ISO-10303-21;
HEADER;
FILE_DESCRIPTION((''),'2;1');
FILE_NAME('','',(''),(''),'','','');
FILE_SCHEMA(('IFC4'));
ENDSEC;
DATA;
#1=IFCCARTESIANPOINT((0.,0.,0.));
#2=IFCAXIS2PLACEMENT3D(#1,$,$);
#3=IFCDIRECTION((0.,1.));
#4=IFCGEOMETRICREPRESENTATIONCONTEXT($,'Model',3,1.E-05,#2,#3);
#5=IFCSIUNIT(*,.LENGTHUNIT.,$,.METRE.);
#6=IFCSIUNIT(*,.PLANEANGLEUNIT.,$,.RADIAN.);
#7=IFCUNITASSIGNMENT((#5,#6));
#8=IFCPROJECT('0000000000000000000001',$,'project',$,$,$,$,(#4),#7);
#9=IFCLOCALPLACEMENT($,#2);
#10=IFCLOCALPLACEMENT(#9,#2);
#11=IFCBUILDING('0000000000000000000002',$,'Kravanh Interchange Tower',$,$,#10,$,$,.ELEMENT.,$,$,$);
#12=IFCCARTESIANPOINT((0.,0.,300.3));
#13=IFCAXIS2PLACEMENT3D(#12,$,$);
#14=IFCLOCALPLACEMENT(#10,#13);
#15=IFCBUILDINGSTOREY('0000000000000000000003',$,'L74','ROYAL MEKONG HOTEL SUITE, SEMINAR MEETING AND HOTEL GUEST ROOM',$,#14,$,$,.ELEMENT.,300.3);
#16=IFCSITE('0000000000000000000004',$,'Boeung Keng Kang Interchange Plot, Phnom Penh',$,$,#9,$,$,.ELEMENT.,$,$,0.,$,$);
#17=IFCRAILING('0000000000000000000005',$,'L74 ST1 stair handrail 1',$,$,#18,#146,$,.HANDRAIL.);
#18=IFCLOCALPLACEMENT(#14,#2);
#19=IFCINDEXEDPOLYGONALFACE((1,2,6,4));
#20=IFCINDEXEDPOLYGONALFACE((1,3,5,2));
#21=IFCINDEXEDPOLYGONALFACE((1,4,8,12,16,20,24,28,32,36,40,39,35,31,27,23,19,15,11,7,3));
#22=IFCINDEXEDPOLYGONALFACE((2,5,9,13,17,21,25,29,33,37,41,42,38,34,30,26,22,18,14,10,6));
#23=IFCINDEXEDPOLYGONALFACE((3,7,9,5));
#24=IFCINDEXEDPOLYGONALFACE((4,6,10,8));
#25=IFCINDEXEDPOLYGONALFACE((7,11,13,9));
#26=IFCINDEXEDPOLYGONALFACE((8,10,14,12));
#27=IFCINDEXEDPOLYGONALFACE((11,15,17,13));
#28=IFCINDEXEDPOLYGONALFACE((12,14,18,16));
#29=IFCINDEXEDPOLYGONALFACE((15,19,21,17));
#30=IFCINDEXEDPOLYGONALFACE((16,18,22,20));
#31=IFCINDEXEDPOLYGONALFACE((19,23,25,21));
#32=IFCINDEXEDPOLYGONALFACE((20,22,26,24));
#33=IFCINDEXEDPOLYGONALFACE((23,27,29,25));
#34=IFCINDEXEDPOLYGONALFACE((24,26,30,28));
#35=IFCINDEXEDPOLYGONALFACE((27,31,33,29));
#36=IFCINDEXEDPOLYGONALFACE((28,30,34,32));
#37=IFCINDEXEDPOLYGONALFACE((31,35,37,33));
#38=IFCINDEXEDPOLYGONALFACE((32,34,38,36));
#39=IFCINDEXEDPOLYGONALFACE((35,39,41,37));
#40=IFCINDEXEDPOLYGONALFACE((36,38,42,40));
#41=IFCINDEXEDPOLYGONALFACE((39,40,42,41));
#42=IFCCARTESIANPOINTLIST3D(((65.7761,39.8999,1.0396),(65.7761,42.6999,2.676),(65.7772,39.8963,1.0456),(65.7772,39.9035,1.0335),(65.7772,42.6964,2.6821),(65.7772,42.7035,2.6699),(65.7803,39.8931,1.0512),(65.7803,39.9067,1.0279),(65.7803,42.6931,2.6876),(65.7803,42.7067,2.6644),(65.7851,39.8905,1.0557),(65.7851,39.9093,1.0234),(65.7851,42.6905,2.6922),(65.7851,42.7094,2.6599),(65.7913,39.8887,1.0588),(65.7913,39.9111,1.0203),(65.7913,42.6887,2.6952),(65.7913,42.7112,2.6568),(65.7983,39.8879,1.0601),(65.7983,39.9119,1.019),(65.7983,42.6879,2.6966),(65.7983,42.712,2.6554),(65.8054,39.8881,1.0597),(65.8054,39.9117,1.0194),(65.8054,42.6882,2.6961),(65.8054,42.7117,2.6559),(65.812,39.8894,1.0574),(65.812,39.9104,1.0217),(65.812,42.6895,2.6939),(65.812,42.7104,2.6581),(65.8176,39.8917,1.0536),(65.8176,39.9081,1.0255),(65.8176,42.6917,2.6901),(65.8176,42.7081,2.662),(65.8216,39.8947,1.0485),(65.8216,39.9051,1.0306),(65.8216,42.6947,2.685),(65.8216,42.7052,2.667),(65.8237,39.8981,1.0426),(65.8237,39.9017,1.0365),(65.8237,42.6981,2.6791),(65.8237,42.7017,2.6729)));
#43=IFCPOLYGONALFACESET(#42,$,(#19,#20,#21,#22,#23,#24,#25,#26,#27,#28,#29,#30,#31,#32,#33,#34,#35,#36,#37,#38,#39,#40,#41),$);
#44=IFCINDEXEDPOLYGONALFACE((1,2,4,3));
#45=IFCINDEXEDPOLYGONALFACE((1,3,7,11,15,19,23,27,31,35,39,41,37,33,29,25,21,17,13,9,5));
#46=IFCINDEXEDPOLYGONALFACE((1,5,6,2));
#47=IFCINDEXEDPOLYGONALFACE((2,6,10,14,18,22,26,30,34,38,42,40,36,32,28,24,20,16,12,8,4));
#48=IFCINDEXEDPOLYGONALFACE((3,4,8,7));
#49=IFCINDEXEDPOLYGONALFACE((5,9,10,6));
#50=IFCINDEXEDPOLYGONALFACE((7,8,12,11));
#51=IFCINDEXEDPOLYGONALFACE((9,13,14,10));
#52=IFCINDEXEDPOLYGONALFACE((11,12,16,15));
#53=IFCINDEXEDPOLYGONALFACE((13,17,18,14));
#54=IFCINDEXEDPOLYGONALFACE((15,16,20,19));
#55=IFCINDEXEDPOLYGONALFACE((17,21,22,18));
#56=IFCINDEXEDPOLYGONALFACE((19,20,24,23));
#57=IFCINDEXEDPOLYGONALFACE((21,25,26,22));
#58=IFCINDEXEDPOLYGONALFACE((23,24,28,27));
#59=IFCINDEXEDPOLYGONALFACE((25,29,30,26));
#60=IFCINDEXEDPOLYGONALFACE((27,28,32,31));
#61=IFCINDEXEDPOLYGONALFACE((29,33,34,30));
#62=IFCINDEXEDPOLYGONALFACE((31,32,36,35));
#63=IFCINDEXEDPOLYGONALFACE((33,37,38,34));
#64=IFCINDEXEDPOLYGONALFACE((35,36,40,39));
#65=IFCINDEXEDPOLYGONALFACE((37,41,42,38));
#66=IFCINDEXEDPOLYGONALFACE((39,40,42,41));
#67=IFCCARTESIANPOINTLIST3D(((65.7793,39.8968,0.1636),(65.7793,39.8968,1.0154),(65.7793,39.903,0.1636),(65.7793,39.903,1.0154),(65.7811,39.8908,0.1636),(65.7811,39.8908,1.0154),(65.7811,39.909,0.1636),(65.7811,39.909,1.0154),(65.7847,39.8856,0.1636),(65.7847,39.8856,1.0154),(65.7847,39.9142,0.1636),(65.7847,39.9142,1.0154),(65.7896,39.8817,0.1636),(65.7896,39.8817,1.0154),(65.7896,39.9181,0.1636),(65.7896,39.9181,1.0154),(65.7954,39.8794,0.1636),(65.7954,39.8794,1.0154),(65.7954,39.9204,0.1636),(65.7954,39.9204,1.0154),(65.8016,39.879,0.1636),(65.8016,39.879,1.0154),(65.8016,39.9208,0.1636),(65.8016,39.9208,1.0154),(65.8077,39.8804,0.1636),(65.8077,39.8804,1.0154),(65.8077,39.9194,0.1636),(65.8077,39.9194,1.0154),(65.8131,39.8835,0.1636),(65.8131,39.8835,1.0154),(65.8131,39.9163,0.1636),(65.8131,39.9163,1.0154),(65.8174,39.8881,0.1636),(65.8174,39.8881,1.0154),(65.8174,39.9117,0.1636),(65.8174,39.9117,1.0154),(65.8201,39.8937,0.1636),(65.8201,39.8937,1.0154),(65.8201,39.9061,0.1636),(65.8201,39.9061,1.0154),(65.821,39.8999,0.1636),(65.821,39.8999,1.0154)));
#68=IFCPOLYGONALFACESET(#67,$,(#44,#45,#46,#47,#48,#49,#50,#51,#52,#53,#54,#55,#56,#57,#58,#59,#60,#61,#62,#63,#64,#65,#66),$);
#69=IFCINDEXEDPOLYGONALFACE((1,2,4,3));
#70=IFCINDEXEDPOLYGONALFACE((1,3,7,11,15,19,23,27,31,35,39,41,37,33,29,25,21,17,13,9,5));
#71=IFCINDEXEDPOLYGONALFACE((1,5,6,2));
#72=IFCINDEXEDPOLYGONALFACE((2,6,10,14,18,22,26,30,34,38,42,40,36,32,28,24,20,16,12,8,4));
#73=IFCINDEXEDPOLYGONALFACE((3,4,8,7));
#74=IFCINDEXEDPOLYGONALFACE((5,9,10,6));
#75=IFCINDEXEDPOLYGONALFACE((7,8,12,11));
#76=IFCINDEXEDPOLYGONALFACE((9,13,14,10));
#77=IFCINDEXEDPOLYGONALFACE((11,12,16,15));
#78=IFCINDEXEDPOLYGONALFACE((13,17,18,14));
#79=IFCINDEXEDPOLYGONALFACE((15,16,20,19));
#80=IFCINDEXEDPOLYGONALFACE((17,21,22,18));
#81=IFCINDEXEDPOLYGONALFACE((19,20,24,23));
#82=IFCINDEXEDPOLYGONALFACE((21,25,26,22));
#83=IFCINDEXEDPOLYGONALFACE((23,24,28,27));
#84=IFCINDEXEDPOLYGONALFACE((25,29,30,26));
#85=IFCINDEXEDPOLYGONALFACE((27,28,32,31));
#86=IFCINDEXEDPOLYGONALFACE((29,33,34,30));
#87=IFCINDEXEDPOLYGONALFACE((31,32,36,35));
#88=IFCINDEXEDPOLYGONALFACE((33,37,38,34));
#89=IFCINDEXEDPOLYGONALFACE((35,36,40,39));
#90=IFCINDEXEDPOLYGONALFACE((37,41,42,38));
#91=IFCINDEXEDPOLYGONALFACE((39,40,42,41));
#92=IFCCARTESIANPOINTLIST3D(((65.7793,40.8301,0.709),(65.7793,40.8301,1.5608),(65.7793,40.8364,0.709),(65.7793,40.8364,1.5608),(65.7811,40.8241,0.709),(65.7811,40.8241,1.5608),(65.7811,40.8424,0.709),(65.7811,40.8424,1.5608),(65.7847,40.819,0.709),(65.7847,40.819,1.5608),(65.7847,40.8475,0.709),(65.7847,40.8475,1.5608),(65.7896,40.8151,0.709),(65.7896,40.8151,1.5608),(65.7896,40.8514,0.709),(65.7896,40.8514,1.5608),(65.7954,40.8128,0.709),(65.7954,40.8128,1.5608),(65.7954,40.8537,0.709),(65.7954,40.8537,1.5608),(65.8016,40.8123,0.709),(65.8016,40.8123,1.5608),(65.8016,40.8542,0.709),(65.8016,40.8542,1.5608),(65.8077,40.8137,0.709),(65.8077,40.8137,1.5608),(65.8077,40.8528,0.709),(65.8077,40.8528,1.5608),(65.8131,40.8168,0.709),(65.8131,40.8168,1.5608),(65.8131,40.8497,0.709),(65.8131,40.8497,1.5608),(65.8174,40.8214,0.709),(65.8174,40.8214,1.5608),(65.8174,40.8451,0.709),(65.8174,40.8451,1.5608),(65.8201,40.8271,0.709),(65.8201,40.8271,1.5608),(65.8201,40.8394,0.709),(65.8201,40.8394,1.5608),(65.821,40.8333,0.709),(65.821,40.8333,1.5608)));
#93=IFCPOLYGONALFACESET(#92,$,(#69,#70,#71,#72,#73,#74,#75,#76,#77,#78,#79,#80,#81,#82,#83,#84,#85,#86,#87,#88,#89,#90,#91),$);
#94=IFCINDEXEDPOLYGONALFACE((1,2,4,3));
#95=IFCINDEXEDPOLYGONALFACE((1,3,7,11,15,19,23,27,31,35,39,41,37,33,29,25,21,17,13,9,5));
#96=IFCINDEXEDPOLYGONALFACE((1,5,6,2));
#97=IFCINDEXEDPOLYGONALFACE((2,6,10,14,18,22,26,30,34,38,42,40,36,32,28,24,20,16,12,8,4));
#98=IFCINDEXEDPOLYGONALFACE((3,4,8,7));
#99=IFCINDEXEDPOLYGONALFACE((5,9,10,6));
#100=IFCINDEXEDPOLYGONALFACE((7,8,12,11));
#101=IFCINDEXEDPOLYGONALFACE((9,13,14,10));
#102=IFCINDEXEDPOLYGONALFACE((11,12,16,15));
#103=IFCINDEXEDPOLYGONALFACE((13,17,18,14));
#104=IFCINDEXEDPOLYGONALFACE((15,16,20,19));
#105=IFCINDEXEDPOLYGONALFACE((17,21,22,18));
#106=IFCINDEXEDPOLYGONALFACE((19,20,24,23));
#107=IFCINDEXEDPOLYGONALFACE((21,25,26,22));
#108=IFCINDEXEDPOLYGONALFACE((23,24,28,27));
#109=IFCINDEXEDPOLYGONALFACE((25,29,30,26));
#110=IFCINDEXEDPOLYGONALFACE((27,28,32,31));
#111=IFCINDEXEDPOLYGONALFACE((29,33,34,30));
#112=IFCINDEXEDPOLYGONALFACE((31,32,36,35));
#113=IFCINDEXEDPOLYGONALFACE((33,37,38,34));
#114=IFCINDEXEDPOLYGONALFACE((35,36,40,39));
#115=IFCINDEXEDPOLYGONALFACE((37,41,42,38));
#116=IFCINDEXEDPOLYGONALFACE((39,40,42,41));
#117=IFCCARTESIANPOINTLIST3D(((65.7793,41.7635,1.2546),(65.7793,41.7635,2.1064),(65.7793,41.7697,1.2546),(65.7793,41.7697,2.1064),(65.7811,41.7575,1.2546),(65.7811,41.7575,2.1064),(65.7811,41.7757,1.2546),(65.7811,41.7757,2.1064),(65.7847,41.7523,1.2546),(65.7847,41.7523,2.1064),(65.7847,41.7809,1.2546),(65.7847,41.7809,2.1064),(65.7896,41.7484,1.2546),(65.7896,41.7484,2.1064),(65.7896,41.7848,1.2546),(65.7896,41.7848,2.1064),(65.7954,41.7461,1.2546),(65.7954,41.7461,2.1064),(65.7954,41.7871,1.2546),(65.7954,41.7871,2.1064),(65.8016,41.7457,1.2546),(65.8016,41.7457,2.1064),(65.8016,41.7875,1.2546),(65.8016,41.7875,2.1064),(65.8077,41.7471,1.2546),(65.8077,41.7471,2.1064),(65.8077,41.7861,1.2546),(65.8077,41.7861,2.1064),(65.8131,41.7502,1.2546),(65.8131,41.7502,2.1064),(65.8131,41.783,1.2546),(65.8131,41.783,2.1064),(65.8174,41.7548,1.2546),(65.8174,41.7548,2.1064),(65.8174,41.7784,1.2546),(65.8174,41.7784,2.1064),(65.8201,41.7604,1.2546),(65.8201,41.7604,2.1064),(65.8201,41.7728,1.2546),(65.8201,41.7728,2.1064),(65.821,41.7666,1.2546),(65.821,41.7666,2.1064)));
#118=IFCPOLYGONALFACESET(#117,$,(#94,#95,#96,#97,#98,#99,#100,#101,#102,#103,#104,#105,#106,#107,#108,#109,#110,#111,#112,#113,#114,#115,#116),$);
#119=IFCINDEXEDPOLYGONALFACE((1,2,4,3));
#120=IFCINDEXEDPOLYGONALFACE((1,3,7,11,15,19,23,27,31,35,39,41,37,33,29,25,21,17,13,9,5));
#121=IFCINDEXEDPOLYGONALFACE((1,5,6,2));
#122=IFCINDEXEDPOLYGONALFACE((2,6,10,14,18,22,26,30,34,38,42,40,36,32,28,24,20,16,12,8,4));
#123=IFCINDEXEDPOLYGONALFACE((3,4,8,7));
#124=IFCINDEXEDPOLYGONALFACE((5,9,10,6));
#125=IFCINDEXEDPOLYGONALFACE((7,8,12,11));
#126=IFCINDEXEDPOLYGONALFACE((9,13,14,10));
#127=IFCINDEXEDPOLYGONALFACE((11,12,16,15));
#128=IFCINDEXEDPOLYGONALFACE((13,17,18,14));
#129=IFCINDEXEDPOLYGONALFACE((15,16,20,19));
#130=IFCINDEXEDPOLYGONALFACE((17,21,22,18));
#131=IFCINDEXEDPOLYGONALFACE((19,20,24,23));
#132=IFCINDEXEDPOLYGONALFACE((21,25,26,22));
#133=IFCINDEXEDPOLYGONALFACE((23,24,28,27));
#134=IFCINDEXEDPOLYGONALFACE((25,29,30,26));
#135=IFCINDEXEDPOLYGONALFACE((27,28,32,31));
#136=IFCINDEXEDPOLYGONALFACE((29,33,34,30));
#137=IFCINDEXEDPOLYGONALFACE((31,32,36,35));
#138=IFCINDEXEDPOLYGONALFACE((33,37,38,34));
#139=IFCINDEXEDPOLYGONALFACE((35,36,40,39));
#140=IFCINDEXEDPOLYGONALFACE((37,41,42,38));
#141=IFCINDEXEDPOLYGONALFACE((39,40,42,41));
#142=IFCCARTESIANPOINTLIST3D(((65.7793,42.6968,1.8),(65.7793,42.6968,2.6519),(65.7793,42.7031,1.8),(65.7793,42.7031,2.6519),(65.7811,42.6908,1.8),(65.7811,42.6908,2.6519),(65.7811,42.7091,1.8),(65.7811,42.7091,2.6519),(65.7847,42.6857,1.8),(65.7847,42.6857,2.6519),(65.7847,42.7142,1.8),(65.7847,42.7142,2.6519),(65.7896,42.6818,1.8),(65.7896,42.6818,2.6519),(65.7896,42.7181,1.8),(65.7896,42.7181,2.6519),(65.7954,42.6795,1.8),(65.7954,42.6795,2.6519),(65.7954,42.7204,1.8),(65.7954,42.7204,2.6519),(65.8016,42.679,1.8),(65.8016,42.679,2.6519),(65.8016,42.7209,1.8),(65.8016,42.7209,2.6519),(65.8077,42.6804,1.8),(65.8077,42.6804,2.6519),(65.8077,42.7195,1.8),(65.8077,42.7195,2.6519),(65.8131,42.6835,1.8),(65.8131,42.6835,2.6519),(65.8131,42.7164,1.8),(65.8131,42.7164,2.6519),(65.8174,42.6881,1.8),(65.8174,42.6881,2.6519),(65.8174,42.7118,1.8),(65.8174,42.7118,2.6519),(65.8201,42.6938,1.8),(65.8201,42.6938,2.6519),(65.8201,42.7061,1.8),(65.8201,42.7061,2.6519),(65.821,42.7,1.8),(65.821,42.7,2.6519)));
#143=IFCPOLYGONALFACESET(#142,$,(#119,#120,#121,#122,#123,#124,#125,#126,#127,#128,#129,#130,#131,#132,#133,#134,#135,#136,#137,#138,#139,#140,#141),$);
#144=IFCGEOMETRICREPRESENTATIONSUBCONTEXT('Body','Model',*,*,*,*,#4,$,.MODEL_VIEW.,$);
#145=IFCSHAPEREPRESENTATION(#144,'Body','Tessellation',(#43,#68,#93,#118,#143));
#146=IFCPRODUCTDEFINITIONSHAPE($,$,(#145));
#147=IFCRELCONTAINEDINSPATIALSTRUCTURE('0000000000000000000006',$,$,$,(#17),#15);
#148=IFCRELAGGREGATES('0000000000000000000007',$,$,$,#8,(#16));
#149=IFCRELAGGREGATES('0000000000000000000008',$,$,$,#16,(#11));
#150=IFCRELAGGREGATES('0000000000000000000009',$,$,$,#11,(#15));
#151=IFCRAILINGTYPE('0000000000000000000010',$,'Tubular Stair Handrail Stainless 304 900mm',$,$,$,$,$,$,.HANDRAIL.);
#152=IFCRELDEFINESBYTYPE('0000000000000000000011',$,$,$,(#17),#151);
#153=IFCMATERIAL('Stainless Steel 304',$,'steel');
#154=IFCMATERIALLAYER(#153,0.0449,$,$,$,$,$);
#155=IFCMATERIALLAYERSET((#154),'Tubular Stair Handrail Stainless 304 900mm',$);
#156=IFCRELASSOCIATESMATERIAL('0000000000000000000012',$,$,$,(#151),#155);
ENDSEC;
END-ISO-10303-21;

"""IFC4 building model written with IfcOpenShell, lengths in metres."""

from ifc_helpers import new_model, si_unit, direction, frame, origin, origin_2d, place, context, subcontext, project, spatial, circle, extrude, material, layer, layer_set, type_object, element, save


model = new_model("IFC4")

# Units and contexts
model_context = context("Model", 3, precision=1e-05, world=origin(), true_north=direction((0.0, 1.0)))
body_context = subcontext(model_context, "Body", "Model", "MODEL_VIEW")
ifc_project = project(units=[si_unit("LENGTHUNIT", "METRE"), si_unit("PLANEANGLEUNIT", "RADIAN")], contexts=[model_context])

# Site, building, storey
site_placement = place(None, origin())
site = spatial("IfcSite", under=ifc_project, at=site_placement, Name="Boeung Keng Kang Interchange Plot, Phnom Penh", CompositionType="ELEMENT", RefElevation=0.0)
building_placement = place(site_placement, origin())
building = spatial("IfcBuilding", under=site, at=building_placement, Name="Kravanh Interchange Tower", CompositionType="ELEMENT")
storey_placement = place(building_placement, frame((0.0, 0.0, 300.3)))
storey = spatial("IfcBuildingStorey", under=building, at=storey_placement, Name="L74", Description="ROYAL MEKONG HOTEL SUITE, SEMINAR MEETING AND HOTEL GUEST ROOM", CompositionType="ELEMENT", Elevation=300.3)

# Railing
ifc_material_1 = material(Name="Stainless Steel 304", Category="steel")
ifc_layer_1 = layer(ifc_material_1, 0.0449)
ifc_layer_set_1 = layer_set([ifc_layer_1], Name="Tubular Stair Handrail Stainless 304 900mm")
railing_type_1 = type_object("IfcRailingType", Name="Tubular Stair Handrail Stainless 304 900mm", PredefinedType="HANDRAIL", material=ifc_layer_set_1)
railing_1_placement = place(storey_placement, frame((65.8, 39.8999, 0.1636)))
element("IfcRailing", 1, at=railing_1_placement, inside=storey, type_object=railing_type_1, Name="L74 ST1 stair handrail 1", PredefinedType="HANDRAIL", context=body_context, shape_type="SweptSolid", body=[
    extrude(circle(Radius=0.0239, at=origin_2d()), frame((0.0, 0.0, 0.876), z_axis=(0.0, 0.863361, 0.504587), x_axis=(-1.0, 0.0, 0.0)), (0.0, 0.0, 1.0), 3.2432),
    extrude(circle(Radius=0.021, at=origin_2d()), origin(), (0.0, 0.0, 1.0), 0.8518),
    extrude(circle(Radius=0.021, at=origin_2d()), frame((0.0, 0.9333, 0.5454)), (0.0, 0.0, 1.0), 0.8518),
    extrude(circle(Radius=0.021, at=origin_2d()), frame((0.0, 1.8667, 1.0911)), (0.0, 0.0, 1.0), 0.8518),
    extrude(circle(Radius=0.021, at=origin_2d()), frame((0.0, 2.8, 1.6365)), (0.0, 0.0, 1.0), 0.8518),
])

save(model, "model.ifc")
